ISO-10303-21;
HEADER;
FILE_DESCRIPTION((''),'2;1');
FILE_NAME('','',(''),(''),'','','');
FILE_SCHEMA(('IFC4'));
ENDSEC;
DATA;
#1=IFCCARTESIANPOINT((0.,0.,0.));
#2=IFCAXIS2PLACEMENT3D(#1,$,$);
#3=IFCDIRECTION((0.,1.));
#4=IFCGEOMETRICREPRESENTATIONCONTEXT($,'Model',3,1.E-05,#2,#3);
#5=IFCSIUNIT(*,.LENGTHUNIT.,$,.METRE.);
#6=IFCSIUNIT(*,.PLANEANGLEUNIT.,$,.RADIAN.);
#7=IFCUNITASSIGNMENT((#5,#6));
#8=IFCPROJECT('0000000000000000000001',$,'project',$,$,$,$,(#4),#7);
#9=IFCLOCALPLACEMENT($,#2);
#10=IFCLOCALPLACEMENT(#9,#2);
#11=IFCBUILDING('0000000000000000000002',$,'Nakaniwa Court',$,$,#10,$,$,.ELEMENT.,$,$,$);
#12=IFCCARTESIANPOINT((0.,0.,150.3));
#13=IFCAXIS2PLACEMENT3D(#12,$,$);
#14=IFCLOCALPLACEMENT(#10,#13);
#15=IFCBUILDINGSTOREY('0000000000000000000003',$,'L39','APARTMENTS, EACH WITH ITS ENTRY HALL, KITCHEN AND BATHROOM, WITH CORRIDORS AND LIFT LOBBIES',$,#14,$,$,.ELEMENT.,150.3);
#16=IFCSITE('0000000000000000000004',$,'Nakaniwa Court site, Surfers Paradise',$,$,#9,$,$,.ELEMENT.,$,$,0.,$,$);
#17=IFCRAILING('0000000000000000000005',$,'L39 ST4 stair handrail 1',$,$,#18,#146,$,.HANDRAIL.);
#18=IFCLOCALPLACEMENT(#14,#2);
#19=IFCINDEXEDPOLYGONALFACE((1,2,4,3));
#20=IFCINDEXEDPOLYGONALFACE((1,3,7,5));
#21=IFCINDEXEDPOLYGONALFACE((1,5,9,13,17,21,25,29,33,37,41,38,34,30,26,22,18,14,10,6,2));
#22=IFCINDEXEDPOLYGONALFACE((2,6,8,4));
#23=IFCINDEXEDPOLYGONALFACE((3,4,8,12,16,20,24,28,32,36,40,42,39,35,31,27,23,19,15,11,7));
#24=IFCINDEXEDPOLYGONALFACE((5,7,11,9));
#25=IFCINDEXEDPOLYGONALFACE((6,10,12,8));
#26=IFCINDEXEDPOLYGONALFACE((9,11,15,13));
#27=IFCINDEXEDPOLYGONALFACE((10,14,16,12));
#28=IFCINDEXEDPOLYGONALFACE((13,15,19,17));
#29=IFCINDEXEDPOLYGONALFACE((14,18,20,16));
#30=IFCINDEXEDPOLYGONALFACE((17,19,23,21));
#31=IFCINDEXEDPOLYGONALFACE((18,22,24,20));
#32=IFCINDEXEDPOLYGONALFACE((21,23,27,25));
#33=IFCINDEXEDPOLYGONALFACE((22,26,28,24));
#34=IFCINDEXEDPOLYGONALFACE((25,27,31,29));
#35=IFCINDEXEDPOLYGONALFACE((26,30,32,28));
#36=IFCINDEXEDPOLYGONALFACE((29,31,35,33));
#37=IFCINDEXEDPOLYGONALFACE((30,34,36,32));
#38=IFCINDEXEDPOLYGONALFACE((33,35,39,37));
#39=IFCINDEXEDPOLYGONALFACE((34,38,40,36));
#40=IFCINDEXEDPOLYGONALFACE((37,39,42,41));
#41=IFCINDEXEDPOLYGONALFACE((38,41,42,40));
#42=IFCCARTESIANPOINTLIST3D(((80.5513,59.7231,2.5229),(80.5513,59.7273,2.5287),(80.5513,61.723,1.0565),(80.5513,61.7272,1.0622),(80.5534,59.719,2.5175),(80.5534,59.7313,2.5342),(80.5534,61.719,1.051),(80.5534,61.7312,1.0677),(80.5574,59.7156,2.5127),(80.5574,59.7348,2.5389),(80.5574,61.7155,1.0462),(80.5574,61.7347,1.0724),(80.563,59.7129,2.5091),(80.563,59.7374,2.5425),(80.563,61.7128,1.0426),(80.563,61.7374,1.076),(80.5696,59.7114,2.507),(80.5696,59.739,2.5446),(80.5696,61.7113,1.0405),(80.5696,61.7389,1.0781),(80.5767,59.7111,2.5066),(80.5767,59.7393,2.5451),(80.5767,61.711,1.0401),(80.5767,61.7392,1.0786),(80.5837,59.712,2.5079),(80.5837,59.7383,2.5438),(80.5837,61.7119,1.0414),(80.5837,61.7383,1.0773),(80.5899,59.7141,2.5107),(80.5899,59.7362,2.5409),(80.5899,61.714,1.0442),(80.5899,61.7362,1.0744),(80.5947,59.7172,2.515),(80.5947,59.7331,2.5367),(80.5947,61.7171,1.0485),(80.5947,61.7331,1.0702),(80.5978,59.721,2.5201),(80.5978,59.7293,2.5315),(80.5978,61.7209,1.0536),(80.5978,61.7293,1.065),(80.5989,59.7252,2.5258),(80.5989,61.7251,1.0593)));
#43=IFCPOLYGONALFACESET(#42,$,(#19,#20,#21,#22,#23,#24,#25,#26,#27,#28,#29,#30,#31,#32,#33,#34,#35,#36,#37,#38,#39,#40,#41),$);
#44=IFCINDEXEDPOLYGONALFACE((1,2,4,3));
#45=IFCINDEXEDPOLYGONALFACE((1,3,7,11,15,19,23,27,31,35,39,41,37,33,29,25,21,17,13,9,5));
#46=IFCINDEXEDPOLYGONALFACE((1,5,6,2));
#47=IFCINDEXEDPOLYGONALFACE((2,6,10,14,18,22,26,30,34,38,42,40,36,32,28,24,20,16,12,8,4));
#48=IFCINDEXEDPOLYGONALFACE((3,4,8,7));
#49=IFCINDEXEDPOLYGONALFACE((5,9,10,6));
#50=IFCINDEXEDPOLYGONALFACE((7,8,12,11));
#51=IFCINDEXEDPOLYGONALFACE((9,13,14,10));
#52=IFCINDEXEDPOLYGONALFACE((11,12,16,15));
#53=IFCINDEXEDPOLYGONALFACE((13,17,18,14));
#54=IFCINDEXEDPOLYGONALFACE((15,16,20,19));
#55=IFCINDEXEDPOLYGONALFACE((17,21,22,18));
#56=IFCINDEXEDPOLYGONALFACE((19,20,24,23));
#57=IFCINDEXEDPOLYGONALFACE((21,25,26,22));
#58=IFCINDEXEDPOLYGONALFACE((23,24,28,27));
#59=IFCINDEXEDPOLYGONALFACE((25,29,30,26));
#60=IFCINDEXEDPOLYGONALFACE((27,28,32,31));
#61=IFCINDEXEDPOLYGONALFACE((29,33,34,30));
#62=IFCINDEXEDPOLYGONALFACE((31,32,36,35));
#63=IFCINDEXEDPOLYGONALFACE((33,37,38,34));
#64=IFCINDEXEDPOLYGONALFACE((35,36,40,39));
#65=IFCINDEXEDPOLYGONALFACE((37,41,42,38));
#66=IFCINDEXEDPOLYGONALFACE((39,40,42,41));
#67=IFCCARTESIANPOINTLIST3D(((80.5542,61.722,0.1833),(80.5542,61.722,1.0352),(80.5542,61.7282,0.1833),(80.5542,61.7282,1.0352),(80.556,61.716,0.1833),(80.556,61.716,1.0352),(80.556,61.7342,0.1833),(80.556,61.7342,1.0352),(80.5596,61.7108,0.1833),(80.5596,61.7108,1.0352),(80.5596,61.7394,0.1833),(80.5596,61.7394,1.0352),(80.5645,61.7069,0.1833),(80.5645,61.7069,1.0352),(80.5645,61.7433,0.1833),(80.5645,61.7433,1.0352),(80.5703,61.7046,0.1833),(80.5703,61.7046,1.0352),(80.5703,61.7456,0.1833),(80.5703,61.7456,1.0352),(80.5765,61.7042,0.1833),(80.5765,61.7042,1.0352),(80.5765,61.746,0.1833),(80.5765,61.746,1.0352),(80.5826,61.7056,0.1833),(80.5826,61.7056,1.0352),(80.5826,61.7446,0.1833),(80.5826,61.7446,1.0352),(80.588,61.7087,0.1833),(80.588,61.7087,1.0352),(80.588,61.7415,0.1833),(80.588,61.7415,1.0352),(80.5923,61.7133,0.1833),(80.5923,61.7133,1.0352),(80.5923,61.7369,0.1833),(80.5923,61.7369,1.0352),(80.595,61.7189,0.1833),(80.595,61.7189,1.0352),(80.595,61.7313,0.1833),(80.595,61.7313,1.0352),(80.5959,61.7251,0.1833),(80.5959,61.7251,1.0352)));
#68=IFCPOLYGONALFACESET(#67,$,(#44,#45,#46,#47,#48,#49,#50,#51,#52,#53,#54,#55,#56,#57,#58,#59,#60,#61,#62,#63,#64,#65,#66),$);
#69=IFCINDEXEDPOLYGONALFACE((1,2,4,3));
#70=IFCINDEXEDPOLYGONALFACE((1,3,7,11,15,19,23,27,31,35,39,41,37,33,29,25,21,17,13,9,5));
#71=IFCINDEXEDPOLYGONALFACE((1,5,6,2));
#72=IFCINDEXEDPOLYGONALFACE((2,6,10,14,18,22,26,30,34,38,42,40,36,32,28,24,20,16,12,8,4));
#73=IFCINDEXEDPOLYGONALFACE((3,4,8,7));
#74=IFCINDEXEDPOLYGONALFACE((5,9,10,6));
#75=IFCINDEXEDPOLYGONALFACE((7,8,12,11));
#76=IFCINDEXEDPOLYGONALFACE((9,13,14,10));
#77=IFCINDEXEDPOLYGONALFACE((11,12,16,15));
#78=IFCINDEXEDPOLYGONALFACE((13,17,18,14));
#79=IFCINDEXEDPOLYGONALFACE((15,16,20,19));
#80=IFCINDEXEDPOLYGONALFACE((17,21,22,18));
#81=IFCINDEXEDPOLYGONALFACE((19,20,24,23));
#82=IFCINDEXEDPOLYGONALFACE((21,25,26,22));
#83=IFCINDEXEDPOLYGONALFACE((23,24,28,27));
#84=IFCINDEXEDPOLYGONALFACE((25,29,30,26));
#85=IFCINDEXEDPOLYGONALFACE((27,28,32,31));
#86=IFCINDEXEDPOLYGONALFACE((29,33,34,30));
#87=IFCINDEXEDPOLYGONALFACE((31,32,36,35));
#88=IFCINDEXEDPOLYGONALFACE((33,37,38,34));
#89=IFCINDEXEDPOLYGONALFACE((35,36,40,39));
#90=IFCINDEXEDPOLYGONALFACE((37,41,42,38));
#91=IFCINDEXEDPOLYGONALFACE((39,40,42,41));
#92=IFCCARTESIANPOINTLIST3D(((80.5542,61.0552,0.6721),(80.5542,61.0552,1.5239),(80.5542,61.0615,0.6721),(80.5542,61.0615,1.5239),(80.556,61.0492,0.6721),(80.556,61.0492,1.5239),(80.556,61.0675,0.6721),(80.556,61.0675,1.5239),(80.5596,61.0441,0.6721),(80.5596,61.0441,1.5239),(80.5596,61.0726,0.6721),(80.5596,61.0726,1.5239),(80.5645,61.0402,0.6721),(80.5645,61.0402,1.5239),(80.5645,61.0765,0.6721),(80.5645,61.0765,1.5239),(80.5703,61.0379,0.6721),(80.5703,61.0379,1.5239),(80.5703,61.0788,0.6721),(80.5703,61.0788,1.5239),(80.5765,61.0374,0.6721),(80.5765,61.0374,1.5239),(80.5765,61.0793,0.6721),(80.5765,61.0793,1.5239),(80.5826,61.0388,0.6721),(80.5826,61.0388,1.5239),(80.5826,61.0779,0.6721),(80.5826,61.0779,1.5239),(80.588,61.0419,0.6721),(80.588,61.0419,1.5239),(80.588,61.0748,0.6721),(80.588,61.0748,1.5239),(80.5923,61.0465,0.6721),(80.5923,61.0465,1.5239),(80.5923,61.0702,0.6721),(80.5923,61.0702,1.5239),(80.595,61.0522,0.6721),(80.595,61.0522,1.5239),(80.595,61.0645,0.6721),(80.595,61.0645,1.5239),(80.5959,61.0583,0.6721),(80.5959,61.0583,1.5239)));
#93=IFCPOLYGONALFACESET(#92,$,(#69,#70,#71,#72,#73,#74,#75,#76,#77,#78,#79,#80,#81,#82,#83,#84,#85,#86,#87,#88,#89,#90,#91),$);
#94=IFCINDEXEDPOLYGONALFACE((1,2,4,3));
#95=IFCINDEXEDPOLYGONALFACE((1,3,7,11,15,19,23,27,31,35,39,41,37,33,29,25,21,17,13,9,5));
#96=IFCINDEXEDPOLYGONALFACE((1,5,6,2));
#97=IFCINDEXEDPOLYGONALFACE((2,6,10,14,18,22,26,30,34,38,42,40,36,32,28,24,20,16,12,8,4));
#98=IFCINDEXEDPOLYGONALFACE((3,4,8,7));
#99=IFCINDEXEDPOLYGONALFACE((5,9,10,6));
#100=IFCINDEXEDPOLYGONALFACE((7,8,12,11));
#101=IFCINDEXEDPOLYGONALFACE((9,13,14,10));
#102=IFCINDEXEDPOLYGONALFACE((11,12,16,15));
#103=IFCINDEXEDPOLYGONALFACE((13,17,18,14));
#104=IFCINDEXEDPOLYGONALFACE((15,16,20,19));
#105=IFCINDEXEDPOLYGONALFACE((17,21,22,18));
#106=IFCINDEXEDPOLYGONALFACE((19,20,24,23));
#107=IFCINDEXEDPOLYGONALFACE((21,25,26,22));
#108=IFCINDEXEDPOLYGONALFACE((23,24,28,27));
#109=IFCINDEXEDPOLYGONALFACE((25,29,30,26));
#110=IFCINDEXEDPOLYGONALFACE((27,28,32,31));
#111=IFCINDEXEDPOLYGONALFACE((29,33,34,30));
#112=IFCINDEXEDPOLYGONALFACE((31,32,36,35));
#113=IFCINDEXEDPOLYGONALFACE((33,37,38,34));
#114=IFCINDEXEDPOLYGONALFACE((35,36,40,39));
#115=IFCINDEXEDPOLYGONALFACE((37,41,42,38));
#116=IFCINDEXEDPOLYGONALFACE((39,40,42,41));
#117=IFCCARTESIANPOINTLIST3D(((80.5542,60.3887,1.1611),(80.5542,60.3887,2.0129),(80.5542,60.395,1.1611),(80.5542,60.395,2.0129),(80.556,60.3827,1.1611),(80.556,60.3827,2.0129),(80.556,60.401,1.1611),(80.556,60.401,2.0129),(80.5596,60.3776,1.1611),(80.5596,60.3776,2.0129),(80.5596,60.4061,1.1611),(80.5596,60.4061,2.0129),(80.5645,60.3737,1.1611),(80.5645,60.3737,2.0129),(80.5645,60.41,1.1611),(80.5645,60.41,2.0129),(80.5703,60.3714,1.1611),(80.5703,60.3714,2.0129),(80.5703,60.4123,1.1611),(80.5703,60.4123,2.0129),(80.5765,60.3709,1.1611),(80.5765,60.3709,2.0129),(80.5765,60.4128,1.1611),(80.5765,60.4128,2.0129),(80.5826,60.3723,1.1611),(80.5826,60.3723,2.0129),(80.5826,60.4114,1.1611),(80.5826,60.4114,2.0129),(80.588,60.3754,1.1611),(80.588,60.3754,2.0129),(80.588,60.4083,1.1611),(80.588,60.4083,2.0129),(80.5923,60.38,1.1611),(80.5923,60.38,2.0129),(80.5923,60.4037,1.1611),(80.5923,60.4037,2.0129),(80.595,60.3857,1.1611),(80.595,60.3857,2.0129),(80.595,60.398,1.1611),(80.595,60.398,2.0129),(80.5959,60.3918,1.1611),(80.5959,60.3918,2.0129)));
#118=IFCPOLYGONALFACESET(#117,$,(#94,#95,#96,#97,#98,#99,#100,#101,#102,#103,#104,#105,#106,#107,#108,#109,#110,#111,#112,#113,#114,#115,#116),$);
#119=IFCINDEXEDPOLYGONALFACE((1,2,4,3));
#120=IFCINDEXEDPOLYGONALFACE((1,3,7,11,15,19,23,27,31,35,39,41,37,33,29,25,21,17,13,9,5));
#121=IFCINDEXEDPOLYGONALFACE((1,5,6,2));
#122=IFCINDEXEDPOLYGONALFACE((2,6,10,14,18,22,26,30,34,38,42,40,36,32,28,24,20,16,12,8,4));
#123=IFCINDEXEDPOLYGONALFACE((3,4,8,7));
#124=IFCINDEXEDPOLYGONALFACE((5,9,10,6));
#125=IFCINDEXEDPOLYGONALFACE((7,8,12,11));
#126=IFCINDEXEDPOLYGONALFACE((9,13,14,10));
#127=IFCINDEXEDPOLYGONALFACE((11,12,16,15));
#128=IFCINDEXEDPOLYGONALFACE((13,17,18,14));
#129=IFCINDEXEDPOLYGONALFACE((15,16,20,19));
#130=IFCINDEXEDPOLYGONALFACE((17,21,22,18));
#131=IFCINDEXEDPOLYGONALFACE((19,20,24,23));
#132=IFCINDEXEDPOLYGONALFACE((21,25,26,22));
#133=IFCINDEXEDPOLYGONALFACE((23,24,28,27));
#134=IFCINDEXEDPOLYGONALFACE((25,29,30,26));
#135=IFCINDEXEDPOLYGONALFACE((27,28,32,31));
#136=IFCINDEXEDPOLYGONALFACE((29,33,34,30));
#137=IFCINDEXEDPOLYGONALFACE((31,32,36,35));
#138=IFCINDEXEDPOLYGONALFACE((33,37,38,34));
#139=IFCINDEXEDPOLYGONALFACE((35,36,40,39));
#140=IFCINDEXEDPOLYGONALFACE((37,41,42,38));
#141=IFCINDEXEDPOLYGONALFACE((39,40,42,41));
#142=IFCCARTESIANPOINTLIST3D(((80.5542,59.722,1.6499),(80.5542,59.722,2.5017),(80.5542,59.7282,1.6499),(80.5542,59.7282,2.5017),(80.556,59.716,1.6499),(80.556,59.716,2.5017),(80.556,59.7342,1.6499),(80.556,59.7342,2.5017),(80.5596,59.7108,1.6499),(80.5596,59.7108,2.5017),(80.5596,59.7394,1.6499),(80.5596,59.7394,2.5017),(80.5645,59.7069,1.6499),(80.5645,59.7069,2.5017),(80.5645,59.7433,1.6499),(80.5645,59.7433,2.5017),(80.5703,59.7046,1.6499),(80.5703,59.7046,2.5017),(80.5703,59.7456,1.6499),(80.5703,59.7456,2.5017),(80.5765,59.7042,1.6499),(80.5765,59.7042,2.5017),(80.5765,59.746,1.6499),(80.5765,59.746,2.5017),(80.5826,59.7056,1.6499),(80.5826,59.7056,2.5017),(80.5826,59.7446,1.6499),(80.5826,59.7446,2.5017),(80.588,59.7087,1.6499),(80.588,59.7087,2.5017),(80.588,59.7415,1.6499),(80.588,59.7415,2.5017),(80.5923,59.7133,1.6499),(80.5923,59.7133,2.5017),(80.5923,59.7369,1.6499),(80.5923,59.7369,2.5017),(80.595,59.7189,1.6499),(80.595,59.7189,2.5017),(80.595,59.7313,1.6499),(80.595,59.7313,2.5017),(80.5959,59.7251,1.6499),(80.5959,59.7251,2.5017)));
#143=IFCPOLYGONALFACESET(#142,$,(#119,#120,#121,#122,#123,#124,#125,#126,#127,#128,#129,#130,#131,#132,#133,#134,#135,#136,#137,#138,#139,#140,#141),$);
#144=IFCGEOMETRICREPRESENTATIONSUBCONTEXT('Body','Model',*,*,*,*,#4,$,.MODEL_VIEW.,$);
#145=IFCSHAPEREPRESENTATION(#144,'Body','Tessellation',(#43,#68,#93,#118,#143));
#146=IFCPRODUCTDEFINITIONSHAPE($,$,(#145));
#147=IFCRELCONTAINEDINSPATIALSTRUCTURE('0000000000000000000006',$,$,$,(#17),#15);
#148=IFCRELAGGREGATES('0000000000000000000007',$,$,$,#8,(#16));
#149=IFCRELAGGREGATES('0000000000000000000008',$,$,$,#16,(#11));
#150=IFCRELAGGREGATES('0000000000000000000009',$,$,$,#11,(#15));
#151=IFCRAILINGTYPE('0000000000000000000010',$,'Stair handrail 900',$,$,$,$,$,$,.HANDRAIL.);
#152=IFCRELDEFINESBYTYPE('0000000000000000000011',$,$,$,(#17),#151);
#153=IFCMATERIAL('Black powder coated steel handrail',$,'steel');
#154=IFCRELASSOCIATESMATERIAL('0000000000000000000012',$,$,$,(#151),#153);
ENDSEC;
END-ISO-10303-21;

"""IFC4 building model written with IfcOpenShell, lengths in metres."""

from ifc_helpers import new_model, si_unit, direction, frame, origin, origin_2d, place, context, subcontext, project, spatial, circle, extrude, material, type_object, element, save


model = new_model("IFC4")

# Units and contexts
model_context = context("Model", 3, precision=1e-05, world=origin(), true_north=direction((0.0, 1.0)))
body_context = subcontext(model_context, "Body", "Model", "MODEL_VIEW")
ifc_project = project(units=[si_unit("LENGTHUNIT", "METRE"), si_unit("PLANEANGLEUNIT", "RADIAN")], contexts=[model_context])

# Site, building, storey
site_placement = place(None, origin())
site = spatial("IfcSite", under=ifc_project, at=site_placement, Name="Nakaniwa Court site, Surfers Paradise", CompositionType="ELEMENT", RefElevation=0.0)
building_placement = place(site_placement, origin())
building = spatial("IfcBuilding", under=site, at=building_placement, Name="Nakaniwa Court", CompositionType="ELEMENT")
storey_placement = place(building_placement, frame((0.0, 0.0, 150.3)))
storey = spatial("IfcBuildingStorey", under=building, at=storey_placement, Name="L39", Description="APARTMENTS, EACH WITH ITS ENTRY HALL, KITCHEN AND BATHROOM, WITH CORRIDORS AND LIFT LOBBIES", CompositionType="ELEMENT", Elevation=150.3)

# Railing
ifc_material_1 = material(Name="Black powder coated steel handrail", Category="steel")
railing_type_1 = type_object("IfcRailingType", Name="Stair handrail 900", PredefinedType="HANDRAIL", material=ifc_material_1)
railing_1_placement = place(storey_placement, frame((80.575, 61.7251, 0.1833)))
element("IfcRailing", 1, at=railing_1_placement, inside=storey, type_object=railing_type_1, Name="L39 ST4 stair handrail 1", PredefinedType="HANDRAIL", context=body_context, shape_type="SweptSolid", body=[
    extrude(circle(Radius=0.0239, at=origin_2d()), frame((0.0, 0.0, 0.876), z_axis=(0.0, -0.806427, 0.591334), x_axis=(1.0, 0.0, 0.0)), (0.0, 0.0, 1.0), 2.48),
    extrude(circle(Radius=0.021, at=origin_2d()), origin(), (0.0, 0.0, 1.0), 0.8518),
    extrude(circle(Radius=0.021, at=origin_2d()), frame((0.0, -0.6667, 0.4888)), (0.0, 0.0, 1.0), 0.8518),
    extrude(circle(Radius=0.021, at=origin_2d()), frame((0.0, -1.3333, 0.9778)), (0.0, 0.0, 1.0), 0.8518),
    extrude(circle(Radius=0.021, at=origin_2d()), frame((0.0, -2.0, 1.4666)), (0.0, 0.0, 1.0), 0.8518),
])

save(model, "model.ifc")
